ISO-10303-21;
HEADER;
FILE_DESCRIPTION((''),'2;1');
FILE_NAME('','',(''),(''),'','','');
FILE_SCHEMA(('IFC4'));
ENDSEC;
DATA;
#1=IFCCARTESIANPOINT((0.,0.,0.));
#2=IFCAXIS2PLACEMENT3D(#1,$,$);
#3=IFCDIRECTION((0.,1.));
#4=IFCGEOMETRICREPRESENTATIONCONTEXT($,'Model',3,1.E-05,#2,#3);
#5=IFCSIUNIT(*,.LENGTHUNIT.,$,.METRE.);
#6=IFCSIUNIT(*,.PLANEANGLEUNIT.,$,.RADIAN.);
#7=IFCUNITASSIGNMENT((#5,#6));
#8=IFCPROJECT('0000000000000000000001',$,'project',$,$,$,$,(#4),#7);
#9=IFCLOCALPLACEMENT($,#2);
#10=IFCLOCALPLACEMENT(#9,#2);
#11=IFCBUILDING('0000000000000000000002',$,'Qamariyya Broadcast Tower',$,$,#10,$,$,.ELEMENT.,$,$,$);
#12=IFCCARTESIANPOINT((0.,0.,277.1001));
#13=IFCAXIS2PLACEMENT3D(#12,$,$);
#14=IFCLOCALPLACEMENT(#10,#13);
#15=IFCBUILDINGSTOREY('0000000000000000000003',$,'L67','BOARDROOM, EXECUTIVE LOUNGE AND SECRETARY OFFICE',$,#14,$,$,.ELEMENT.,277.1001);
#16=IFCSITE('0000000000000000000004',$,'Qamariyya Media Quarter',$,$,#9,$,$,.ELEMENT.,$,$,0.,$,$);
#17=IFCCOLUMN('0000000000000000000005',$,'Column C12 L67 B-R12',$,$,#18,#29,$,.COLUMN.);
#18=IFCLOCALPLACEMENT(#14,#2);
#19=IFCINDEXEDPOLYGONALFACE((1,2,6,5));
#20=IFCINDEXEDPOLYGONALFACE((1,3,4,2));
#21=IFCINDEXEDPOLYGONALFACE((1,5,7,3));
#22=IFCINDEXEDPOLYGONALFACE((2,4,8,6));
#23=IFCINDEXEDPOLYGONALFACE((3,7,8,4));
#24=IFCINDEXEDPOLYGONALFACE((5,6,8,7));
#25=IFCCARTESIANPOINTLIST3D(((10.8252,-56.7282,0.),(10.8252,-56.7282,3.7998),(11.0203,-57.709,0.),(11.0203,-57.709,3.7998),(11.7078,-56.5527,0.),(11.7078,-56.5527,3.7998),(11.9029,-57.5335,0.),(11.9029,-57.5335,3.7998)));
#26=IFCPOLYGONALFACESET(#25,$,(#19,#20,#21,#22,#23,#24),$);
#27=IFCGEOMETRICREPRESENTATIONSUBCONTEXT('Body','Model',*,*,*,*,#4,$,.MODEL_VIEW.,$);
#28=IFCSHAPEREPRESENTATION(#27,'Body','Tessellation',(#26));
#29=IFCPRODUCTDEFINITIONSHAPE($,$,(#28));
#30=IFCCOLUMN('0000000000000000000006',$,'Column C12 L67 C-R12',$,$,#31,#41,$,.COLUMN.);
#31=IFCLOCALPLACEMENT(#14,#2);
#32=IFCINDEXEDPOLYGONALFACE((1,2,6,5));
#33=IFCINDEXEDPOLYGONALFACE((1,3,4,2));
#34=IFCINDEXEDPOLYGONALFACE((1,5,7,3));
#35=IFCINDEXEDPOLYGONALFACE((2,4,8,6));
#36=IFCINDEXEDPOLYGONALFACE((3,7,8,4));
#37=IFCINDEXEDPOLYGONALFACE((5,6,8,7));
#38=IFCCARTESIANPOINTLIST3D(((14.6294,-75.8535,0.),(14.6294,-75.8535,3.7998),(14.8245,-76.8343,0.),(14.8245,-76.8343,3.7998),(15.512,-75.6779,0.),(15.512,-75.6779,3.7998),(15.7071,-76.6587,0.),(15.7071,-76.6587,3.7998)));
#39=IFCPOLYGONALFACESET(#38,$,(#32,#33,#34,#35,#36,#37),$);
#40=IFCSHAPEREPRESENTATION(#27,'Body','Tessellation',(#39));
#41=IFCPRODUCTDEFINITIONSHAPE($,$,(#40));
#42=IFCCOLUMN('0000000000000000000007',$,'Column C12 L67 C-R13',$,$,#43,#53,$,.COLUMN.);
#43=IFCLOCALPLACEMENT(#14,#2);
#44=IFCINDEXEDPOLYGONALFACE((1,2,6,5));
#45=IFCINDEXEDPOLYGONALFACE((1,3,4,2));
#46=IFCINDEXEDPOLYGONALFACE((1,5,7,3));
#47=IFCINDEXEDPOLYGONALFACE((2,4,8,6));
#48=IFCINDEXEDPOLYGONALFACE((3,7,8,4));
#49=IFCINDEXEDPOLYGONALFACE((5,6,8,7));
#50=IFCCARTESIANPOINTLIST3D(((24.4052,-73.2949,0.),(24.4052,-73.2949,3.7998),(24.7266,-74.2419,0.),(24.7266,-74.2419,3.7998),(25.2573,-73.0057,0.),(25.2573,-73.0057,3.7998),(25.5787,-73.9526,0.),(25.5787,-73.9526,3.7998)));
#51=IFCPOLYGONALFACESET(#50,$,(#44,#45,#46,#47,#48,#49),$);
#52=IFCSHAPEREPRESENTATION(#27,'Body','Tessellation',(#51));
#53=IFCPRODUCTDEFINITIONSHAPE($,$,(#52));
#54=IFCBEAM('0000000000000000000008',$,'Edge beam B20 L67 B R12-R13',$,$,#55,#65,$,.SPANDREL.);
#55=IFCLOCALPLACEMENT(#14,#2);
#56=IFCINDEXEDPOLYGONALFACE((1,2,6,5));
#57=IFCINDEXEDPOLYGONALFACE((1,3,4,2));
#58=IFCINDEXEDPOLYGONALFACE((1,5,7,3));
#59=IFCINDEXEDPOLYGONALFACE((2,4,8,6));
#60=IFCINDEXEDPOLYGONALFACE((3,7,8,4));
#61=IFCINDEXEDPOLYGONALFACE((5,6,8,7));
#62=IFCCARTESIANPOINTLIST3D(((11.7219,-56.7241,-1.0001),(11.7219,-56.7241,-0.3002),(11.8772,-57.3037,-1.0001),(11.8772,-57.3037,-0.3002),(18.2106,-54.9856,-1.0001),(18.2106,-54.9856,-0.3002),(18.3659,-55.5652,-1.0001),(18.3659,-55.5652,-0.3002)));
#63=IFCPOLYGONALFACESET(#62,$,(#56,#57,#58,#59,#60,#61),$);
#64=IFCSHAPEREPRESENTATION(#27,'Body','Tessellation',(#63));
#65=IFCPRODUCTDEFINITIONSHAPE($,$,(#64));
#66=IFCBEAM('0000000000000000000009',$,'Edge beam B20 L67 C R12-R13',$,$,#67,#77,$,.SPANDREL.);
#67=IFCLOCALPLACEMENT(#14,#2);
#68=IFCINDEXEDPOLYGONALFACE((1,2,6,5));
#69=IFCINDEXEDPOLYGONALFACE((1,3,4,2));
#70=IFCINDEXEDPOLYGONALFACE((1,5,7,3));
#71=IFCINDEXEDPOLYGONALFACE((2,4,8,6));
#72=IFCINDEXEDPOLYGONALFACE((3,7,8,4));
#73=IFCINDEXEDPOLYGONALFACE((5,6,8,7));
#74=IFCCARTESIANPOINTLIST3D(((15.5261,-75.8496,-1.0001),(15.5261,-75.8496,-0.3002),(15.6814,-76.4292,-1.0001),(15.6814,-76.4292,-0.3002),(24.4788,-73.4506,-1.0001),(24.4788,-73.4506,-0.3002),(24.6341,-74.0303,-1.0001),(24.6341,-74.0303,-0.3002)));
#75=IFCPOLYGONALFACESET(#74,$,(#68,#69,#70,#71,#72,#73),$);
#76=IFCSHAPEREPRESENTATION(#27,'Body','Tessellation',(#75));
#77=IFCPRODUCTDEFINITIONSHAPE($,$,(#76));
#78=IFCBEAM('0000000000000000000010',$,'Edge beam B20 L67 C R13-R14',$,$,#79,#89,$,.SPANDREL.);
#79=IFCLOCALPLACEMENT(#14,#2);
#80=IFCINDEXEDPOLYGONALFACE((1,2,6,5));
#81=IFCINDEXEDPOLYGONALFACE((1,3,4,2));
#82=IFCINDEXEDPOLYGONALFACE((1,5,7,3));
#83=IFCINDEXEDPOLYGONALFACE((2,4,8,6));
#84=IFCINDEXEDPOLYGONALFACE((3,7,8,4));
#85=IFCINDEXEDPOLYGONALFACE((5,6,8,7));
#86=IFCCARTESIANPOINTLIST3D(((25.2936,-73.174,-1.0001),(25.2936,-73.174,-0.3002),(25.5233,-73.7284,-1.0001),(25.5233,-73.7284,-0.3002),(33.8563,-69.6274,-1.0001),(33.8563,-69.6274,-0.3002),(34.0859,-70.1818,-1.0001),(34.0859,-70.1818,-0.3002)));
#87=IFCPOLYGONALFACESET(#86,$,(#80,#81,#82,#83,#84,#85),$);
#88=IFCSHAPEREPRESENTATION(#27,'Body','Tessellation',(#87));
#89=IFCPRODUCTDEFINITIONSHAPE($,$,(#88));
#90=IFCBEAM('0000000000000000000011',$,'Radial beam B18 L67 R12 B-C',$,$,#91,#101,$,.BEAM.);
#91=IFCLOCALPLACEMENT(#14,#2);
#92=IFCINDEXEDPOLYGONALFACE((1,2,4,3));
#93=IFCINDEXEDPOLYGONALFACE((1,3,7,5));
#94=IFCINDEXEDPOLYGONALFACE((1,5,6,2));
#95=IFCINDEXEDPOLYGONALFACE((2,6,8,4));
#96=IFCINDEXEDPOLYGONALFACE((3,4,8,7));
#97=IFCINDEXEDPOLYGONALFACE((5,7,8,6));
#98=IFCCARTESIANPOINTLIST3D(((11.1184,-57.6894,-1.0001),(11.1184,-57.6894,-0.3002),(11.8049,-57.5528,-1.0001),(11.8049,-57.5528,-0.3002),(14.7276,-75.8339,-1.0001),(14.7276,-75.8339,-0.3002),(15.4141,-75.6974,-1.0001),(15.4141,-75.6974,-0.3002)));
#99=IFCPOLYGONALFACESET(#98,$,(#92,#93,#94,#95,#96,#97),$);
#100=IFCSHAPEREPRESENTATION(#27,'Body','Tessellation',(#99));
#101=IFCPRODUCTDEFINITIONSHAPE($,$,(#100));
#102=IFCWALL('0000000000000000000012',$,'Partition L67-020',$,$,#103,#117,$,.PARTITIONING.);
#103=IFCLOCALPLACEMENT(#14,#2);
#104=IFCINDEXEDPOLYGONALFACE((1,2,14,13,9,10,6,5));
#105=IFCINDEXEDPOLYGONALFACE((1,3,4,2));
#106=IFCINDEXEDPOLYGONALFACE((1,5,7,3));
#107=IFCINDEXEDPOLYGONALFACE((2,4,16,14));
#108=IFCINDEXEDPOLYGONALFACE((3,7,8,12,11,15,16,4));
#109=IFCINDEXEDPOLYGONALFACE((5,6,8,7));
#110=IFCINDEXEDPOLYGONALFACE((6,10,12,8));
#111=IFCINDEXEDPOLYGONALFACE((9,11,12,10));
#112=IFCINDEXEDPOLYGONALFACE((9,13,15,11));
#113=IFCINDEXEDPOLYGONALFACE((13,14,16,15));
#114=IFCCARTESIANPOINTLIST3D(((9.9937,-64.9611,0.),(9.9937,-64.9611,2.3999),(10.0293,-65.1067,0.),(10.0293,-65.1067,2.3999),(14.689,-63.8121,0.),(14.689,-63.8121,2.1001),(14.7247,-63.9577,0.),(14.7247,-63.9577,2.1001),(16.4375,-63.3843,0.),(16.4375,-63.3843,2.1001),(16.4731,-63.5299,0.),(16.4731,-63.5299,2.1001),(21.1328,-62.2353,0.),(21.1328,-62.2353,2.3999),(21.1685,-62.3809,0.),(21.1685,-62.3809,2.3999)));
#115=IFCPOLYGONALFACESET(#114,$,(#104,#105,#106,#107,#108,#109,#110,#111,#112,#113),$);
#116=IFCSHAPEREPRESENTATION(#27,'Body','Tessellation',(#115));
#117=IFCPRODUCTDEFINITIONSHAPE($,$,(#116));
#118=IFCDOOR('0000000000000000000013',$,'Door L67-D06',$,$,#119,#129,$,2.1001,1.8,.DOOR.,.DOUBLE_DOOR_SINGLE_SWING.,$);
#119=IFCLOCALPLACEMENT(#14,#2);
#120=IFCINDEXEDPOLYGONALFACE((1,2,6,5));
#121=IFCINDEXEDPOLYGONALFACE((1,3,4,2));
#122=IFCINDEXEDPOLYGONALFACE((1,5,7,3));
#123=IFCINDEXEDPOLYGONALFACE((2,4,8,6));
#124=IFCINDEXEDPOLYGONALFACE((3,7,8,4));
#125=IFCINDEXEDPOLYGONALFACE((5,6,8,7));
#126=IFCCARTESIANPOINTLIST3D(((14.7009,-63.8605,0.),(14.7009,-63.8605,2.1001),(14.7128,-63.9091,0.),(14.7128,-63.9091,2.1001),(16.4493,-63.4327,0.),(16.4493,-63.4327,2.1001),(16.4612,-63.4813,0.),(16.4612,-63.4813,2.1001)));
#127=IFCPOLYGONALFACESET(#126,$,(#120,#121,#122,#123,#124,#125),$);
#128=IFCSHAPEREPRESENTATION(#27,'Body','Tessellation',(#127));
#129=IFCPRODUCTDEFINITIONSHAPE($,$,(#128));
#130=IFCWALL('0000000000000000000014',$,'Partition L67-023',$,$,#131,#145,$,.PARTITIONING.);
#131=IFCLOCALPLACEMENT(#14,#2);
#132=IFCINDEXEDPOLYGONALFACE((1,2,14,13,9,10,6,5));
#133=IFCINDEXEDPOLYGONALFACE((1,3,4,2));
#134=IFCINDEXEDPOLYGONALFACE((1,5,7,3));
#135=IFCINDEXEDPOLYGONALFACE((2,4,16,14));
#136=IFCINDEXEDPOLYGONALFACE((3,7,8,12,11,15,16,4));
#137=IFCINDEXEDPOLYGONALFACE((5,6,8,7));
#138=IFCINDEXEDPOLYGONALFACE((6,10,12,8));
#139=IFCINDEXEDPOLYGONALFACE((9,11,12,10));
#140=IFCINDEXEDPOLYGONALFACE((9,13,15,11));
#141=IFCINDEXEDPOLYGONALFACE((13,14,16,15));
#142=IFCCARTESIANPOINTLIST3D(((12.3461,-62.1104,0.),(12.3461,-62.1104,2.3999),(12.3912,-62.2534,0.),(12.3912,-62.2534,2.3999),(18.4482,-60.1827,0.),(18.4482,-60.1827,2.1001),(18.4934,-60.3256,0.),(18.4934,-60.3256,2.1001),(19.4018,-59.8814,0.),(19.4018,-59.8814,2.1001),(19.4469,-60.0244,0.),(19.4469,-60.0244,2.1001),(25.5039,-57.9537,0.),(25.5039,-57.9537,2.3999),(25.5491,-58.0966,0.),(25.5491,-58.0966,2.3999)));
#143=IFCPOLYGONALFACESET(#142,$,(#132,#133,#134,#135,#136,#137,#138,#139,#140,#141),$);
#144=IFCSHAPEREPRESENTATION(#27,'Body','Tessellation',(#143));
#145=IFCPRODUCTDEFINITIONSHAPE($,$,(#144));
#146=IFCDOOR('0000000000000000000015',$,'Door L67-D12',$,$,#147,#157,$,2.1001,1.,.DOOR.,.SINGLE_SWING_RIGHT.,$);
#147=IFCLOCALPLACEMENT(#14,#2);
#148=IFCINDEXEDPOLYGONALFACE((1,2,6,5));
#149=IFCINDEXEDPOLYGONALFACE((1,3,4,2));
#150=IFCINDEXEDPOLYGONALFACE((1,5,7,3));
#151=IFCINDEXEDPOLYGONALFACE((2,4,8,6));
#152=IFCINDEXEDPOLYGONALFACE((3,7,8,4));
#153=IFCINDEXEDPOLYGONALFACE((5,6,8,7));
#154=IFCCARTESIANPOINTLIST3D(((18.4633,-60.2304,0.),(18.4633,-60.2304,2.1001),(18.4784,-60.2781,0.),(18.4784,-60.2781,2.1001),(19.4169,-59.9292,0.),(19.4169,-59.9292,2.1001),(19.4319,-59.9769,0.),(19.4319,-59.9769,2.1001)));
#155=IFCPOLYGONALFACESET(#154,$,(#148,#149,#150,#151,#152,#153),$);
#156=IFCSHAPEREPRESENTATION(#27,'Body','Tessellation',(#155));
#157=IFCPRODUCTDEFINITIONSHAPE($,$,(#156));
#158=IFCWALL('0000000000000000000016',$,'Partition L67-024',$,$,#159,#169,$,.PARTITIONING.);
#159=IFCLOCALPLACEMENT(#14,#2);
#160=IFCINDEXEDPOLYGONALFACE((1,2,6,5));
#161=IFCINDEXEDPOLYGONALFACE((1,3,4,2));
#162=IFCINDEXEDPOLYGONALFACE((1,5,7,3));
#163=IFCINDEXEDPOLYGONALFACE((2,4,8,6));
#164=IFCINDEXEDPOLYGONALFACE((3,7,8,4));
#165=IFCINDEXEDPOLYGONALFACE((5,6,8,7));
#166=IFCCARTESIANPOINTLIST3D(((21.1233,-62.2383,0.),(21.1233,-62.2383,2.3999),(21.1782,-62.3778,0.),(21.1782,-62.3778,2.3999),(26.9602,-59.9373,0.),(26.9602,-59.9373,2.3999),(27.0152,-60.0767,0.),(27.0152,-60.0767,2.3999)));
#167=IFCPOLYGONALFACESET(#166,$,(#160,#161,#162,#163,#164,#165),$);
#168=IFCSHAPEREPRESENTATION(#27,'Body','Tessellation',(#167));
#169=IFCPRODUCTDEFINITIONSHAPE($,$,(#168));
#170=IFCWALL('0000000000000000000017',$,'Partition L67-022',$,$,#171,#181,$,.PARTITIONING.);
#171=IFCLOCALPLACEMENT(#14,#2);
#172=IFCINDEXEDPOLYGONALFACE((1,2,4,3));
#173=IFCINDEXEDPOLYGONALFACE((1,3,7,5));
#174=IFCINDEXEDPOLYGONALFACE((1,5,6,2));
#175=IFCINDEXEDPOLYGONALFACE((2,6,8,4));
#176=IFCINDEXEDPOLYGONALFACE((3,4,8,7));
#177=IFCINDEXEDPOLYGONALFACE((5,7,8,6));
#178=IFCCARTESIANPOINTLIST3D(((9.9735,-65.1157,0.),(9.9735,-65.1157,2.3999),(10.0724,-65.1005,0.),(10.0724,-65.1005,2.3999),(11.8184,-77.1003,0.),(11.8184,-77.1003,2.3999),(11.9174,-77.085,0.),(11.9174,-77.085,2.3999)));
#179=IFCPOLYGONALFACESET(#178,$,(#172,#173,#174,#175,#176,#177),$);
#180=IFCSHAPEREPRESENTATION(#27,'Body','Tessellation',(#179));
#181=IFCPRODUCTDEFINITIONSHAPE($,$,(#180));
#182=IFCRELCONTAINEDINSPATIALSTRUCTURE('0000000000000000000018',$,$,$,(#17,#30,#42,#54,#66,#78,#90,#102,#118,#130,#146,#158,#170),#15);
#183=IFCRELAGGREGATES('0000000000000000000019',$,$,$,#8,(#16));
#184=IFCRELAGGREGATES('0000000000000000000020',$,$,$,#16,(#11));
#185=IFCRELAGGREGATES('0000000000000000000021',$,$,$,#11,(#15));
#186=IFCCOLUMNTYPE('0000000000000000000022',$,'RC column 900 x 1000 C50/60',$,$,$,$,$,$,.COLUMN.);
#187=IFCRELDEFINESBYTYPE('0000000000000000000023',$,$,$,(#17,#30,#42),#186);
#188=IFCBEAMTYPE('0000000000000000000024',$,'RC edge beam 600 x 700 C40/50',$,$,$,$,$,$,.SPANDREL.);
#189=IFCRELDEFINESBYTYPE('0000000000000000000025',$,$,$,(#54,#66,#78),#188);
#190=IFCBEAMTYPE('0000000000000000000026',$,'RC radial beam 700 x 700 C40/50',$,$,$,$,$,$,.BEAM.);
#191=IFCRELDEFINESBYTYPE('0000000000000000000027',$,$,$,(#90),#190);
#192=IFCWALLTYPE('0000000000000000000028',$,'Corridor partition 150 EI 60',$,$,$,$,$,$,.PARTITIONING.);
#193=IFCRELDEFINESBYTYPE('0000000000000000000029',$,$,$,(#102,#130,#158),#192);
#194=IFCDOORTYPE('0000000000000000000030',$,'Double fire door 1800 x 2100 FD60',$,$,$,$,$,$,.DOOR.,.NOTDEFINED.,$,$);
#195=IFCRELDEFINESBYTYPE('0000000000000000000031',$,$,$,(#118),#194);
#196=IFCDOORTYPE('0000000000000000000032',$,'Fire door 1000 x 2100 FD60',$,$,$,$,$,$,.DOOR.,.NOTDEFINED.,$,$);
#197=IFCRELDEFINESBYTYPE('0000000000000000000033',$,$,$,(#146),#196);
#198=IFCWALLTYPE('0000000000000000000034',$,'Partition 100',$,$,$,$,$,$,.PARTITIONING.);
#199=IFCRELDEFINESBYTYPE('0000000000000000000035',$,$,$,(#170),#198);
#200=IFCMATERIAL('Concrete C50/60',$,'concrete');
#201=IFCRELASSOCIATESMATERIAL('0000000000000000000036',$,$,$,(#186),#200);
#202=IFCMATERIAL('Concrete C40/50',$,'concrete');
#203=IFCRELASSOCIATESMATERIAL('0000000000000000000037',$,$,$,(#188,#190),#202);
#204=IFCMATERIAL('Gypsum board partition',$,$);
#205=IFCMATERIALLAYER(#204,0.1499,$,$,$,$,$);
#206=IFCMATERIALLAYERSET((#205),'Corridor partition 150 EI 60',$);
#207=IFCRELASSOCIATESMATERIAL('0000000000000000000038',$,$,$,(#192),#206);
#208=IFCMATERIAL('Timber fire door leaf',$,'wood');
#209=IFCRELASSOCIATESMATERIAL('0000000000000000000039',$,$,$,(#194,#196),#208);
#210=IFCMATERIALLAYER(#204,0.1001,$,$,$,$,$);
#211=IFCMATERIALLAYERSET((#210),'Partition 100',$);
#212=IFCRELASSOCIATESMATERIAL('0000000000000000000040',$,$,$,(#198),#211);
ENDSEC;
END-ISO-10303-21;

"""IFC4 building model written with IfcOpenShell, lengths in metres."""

from ifc_helpers import new_model, si_unit, direction, frame, frame_2d, origin, origin_2d, place, context, subcontext, project, spatial, rectangle, extrude, material, layer, layer_set, material_profile, profile_set, type_object, element, fill, save


model = new_model("IFC4")

# Units and contexts
model_context = context("Model", 3, precision=1e-05, world=origin(), true_north=direction((0.0, 1.0)))
body_context = subcontext(model_context, "Body", "Model", "MODEL_VIEW")
ifc_project = project(units=[si_unit("LENGTHUNIT", "METRE"), si_unit("PLANEANGLEUNIT", "RADIAN")], contexts=[model_context])

# Site, building, storey
site_placement = place(None, origin())
site = spatial("IfcSite", under=ifc_project, at=site_placement, Name="Qamariyya Media Quarter", CompositionType="ELEMENT", RefElevation=0.0)
building_placement = place(site_placement, origin())
building = spatial("IfcBuilding", under=site, at=building_placement, Name="Qamariyya Broadcast Tower", CompositionType="ELEMENT")
storey_placement = place(building_placement, frame((0.0, 0.0, 277.1001)))
storey = spatial("IfcBuildingStorey", under=building, at=storey_placement, Name="L67", Description="BOARDROOM, EXECUTIVE LOUNGE AND SECRETARY OFFICE", CompositionType="ELEMENT", Elevation=277.1001)

# Columns
ifc_material_1 = material(Name="Concrete C50/60", Category="concrete")
ifc_material_profile_1 = material_profile(ifc_material_1, rectangle(XDim=0.8999, YDim=1.0, at=origin_2d()))
ifc_profile_set_1 = profile_set([ifc_material_profile_1], Name="Concrete C50/60")
column_type = type_object("IfcColumnType", Name="RC column 900 x 1000 C50/60", PredefinedType="COLUMN", material=ifc_profile_set_1)
for number, where, z_axis, x_axis, name in (
    (1, (11.364, -57.1309, 0.0), (0.0, 0.0, 1.0), (0.980785, 0.19509, 0.0), "Column C12 L67 B-R12"),
    (2, (15.1682, -76.2561, 0.0), (0.0, 0.0, 1.0), (0.980785, 0.19509, 0.0), "Column C12 L67 C-R12"),
    (3, (24.9919, -73.6238, 0.0), (0.0, 0.0, 1.0), (0.94693, 0.321439, 0.0), "Column C12 L67 C-R13"),
):
    element("IfcColumn", number, at=place(storey_placement, frame(where, z_axis=z_axis, x_axis=x_axis)), inside=storey, type_object=column_type, Name=name, PredefinedType="COLUMN", context=body_context, shape_type="SweptSolid", body=[
        extrude(rectangle(XDim=0.8999, YDim=1.0, at=origin_2d()), origin(), (0.0, 0.0, 1.0), 3.7998),
    ])

# Beams
ifc_material_2 = material(Name="Concrete C40/50", Category="concrete")
ifc_material_profile_2 = material_profile(ifc_material_2, rectangle(XDim=0.6001, YDim=0.7, at=origin_2d()))
ifc_profile_set_2 = profile_set([ifc_material_profile_2], Name="Concrete C40/50")
beam_type_1 = type_object("IfcBeamType", Name="RC edge beam 600 x 700 C40/50", PredefinedType="SPANDREL", material=ifc_profile_set_2)
beam_1_placement = place(storey_placement, frame((11.7996, -57.0139, -0.6501), z_axis=(0.965931, 0.2588, 0.0), x_axis=(-0.2588, 0.965931, 0.0)))
element("IfcBeam", 4, at=beam_1_placement, inside=storey, type_object=beam_type_1, Name="Edge beam B20 L67 B R12-R13", PredefinedType="SPANDREL", context=body_context, shape_type="SweptSolid", body=[
    extrude(rectangle(XDim=0.6001, YDim=0.7, at=origin_2d()), origin(), (0.0, 0.0, 1.0), 6.7175),
])
beam_2_placement = place(storey_placement, frame((15.6038, -76.1394, -0.6501), z_axis=(0.965924, 0.258826, 0.0), x_axis=(-0.258826, 0.965924, 0.0)))
element("IfcBeam", 5, at=beam_2_placement, inside=storey, type_object=beam_type_1, Name="Edge beam B20 L67 C R12-R13", PredefinedType="SPANDREL", context=body_context, shape_type="SweptSolid", body=[
    extrude(rectangle(XDim=0.6001, YDim=0.7, at=origin_2d()), origin(), (0.0, 0.0, 1.0), 9.2686),
])
beam_3_placement = place(storey_placement, frame((25.4084, -73.4512, -0.6501), z_axis=(0.923886, 0.382667, 0.0), x_axis=(-0.382667, 0.923886, 0.0)))
element("IfcBeam", 6, at=beam_3_placement, inside=storey, type_object=beam_type_1, Name="Edge beam B20 L67 C R13-R14", PredefinedType="SPANDREL", context=body_context, shape_type="SweptSolid", body=[
    extrude(rectangle(XDim=0.6001, YDim=0.7, at=origin_2d()), origin(), (0.0, 0.0, 1.0), 9.2681),
])
ifc_material_profile_3 = material_profile(ifc_material_2, rectangle(XDim=0.7, YDim=0.7, at=origin_2d()))
ifc_profile_set_3 = profile_set([ifc_material_profile_3], Name="Concrete C40/50")
beam_type_2 = type_object("IfcBeamType", Name="RC radial beam 700 x 700 C40/50", PredefinedType="BEAM", material=ifc_profile_set_3)
beam_4_placement = place(storey_placement, frame((11.4617, -57.6211, -0.6501), z_axis=(0.195088, -0.980786, 0.0), x_axis=(0.980786, 0.195088, 0.0)))
element("IfcBeam", 7, at=beam_4_placement, inside=storey, type_object=beam_type_2, Name="Radial beam B18 L67 R12 B-C", PredefinedType="BEAM", context=body_context, shape_type="SweptSolid", body=[
    extrude(rectangle(XDim=0.7, YDim=0.7, at=origin_2d()), origin(), (0.0, 0.0, 1.0), 18.5),
])

# Walls, openings, doors
ifc_material_3 = material(Name="Gypsum board partition")
ifc_layer_1 = layer(ifc_material_3, 0.1499)
ifc_layer_set_1 = layer_set([ifc_layer_1], Name="Corridor partition 150 EI 60")
wall_type_1 = type_object("IfcWallType", Name="Corridor partition 150 EI 60", PredefinedType="PARTITIONING", material=ifc_layer_set_1)
wall_1_placement = place(storey_placement, frame((21.1506, -62.3081, 0.0), z_axis=(0.0, 0.0, 1.0), x_axis=(-0.97134, -0.237694, 0.0)))
wall_1 = element("IfcWall", 8, at=wall_1_placement, inside=storey, type_object=wall_type_1, Name="Partition L67-020", PredefinedType="PARTITIONING", context=body_context, shape_type="SweptSolid", body=[
    extrude(rectangle(XDim=11.4678, YDim=0.1499, at=frame_2d((5.7339, 0.0))), origin(), (0.0, 0.0, 1.0), 2.3999),
])
opening_1_placement = place(wall_1_placement, frame((4.834, 0.0, 0.0)))
opening_1 = element("IfcOpeningElement", 9, at=opening_1_placement, cuts=wall_1, PredefinedType="OPENING", context=body_context, shape_type="SweptSolid", body=[
    extrude(rectangle(XDim=1.8, YDim=2.1001, at=frame_2d((0.8999, 1.05))), frame((0.0, 0.085, 0.0), z_axis=(0.0, -1.0, 0.0), x_axis=(1.0, 0.0, 0.0)), (0.0, 0.0, 1.0), 0.1699),
])
ifc_material_4 = material(Name="Timber fire door leaf", Category="wood")
door_type_1 = type_object("IfcDoorType", Name="Double fire door 1800 x 2100 FD60", OperationType="NOTDEFINED", PredefinedType="DOOR", material=ifc_material_4)
door_1_placement = place(opening_1_placement, origin())
door_1 = element("IfcDoor", 10, at=door_1_placement, inside=storey, type_object=door_type_1, Name="Door L67-D06", OperationType="DOUBLE_DOOR_SINGLE_SWING", OverallHeight=2.1001, OverallWidth=1.8, PredefinedType="DOOR", context=body_context, shape_type="SweptSolid", body=[
    extrude(rectangle(XDim=1.8, YDim=2.1001, at=frame_2d((0.8999, 1.05))), frame((0.0, 0.0249, 0.0), z_axis=(0.0, -1.0, 0.0), x_axis=(1.0, 0.0, 0.0)), (0.0, 0.0, 1.0), 0.05),
])
fill(opening_1, door_1)
wall_2_placement = place(storey_placement, frame((12.3687, -62.1819, 0.0), z_axis=(0.0, 0.0, 1.0), x_axis=(0.95355, 0.301236, 0.0)))
wall_2 = element("IfcWall", 11, at=wall_2_placement, inside=storey, type_object=wall_type_1, Name="Partition L67-023", PredefinedType="PARTITIONING", context=body_context, shape_type="SweptSolid", body=[
    extrude(rectangle(XDim=13.7988, YDim=0.1499, at=frame_2d((6.8994, 0.0))), origin(), (0.0, 0.0, 1.0), 2.3999),
])
opening_2_placement = place(wall_2_placement, frame((6.3994, 0.0, 0.0)))
opening_2 = element("IfcOpeningElement", 12, at=opening_2_placement, cuts=wall_2, PredefinedType="OPENING", context=body_context, shape_type="SweptSolid", body=[
    extrude(rectangle(XDim=1.0, YDim=2.1001, at=frame_2d((0.5, 1.05))), frame((0.0, 0.085, 0.0), z_axis=(0.0, -1.0, 0.0), x_axis=(1.0, 0.0, 0.0)), (0.0, 0.0, 1.0), 0.1699),
])
door_type_2 = type_object("IfcDoorType", Name="Fire door 1000 x 2100 FD60", OperationType="NOTDEFINED", PredefinedType="DOOR", material=ifc_material_4)
door_2_placement = place(opening_2_placement, origin())
door_2 = element("IfcDoor", 13, at=door_2_placement, inside=storey, type_object=door_type_2, Name="Door L67-D12", OperationType="SINGLE_SWING_RIGHT", OverallHeight=2.1001, OverallWidth=1.0, PredefinedType="DOOR", context=body_context, shape_type="SweptSolid", body=[
    extrude(rectangle(XDim=1.0, YDim=2.1001, at=frame_2d((0.5, 1.05))), frame((0.0, 0.0249, 0.0), z_axis=(0.0, -1.0, 0.0), x_axis=(1.0, 0.0, 0.0)), (0.0, 0.0, 1.0), 0.05),
])
fill(opening_2, door_2)

# Walls
wall_3_placement = place(storey_placement, frame((21.1506, -62.3081, 0.0), z_axis=(0.0, 0.0, 1.0), x_axis=(0.930319, 0.36675, 0.0)))
element("IfcWall", 14, at=wall_3_placement, inside=storey, type_object=wall_type_1, Name="Partition L67-024", PredefinedType="PARTITIONING", context=body_context, shape_type="SweptSolid", body=[
    extrude(rectangle(XDim=6.2742, YDim=0.1499, at=frame_2d((3.1372, 0.0))), origin(), (0.0, 0.0, 1.0), 2.3999),
])
ifc_layer_2 = layer(ifc_material_3, 0.1001)
ifc_layer_set_2 = layer_set([ifc_layer_2], Name="Partition 100")
wall_type_2 = type_object("IfcWallType", Name="Partition 100", PredefinedType="PARTITIONING", material=ifc_layer_set_2)
wall_4_placement = place(storey_placement, frame((11.8679, -77.0928, 0.0), z_axis=(0.0, 0.0, 1.0), x_axis=(-0.152152, 0.988357, 0.0)))
element("IfcWall", 15, at=wall_4_placement, inside=storey, type_object=wall_type_2, Name="Partition L67-022", PredefinedType="PARTITIONING", context=body_context, shape_type="SweptSolid", body=[
    extrude(rectangle(XDim=12.1257, YDim=0.1001, at=frame_2d((6.063, 0.0))), origin(), (0.0, 0.0, 1.0), 2.3999),
])

save(model, "model.ifc")
